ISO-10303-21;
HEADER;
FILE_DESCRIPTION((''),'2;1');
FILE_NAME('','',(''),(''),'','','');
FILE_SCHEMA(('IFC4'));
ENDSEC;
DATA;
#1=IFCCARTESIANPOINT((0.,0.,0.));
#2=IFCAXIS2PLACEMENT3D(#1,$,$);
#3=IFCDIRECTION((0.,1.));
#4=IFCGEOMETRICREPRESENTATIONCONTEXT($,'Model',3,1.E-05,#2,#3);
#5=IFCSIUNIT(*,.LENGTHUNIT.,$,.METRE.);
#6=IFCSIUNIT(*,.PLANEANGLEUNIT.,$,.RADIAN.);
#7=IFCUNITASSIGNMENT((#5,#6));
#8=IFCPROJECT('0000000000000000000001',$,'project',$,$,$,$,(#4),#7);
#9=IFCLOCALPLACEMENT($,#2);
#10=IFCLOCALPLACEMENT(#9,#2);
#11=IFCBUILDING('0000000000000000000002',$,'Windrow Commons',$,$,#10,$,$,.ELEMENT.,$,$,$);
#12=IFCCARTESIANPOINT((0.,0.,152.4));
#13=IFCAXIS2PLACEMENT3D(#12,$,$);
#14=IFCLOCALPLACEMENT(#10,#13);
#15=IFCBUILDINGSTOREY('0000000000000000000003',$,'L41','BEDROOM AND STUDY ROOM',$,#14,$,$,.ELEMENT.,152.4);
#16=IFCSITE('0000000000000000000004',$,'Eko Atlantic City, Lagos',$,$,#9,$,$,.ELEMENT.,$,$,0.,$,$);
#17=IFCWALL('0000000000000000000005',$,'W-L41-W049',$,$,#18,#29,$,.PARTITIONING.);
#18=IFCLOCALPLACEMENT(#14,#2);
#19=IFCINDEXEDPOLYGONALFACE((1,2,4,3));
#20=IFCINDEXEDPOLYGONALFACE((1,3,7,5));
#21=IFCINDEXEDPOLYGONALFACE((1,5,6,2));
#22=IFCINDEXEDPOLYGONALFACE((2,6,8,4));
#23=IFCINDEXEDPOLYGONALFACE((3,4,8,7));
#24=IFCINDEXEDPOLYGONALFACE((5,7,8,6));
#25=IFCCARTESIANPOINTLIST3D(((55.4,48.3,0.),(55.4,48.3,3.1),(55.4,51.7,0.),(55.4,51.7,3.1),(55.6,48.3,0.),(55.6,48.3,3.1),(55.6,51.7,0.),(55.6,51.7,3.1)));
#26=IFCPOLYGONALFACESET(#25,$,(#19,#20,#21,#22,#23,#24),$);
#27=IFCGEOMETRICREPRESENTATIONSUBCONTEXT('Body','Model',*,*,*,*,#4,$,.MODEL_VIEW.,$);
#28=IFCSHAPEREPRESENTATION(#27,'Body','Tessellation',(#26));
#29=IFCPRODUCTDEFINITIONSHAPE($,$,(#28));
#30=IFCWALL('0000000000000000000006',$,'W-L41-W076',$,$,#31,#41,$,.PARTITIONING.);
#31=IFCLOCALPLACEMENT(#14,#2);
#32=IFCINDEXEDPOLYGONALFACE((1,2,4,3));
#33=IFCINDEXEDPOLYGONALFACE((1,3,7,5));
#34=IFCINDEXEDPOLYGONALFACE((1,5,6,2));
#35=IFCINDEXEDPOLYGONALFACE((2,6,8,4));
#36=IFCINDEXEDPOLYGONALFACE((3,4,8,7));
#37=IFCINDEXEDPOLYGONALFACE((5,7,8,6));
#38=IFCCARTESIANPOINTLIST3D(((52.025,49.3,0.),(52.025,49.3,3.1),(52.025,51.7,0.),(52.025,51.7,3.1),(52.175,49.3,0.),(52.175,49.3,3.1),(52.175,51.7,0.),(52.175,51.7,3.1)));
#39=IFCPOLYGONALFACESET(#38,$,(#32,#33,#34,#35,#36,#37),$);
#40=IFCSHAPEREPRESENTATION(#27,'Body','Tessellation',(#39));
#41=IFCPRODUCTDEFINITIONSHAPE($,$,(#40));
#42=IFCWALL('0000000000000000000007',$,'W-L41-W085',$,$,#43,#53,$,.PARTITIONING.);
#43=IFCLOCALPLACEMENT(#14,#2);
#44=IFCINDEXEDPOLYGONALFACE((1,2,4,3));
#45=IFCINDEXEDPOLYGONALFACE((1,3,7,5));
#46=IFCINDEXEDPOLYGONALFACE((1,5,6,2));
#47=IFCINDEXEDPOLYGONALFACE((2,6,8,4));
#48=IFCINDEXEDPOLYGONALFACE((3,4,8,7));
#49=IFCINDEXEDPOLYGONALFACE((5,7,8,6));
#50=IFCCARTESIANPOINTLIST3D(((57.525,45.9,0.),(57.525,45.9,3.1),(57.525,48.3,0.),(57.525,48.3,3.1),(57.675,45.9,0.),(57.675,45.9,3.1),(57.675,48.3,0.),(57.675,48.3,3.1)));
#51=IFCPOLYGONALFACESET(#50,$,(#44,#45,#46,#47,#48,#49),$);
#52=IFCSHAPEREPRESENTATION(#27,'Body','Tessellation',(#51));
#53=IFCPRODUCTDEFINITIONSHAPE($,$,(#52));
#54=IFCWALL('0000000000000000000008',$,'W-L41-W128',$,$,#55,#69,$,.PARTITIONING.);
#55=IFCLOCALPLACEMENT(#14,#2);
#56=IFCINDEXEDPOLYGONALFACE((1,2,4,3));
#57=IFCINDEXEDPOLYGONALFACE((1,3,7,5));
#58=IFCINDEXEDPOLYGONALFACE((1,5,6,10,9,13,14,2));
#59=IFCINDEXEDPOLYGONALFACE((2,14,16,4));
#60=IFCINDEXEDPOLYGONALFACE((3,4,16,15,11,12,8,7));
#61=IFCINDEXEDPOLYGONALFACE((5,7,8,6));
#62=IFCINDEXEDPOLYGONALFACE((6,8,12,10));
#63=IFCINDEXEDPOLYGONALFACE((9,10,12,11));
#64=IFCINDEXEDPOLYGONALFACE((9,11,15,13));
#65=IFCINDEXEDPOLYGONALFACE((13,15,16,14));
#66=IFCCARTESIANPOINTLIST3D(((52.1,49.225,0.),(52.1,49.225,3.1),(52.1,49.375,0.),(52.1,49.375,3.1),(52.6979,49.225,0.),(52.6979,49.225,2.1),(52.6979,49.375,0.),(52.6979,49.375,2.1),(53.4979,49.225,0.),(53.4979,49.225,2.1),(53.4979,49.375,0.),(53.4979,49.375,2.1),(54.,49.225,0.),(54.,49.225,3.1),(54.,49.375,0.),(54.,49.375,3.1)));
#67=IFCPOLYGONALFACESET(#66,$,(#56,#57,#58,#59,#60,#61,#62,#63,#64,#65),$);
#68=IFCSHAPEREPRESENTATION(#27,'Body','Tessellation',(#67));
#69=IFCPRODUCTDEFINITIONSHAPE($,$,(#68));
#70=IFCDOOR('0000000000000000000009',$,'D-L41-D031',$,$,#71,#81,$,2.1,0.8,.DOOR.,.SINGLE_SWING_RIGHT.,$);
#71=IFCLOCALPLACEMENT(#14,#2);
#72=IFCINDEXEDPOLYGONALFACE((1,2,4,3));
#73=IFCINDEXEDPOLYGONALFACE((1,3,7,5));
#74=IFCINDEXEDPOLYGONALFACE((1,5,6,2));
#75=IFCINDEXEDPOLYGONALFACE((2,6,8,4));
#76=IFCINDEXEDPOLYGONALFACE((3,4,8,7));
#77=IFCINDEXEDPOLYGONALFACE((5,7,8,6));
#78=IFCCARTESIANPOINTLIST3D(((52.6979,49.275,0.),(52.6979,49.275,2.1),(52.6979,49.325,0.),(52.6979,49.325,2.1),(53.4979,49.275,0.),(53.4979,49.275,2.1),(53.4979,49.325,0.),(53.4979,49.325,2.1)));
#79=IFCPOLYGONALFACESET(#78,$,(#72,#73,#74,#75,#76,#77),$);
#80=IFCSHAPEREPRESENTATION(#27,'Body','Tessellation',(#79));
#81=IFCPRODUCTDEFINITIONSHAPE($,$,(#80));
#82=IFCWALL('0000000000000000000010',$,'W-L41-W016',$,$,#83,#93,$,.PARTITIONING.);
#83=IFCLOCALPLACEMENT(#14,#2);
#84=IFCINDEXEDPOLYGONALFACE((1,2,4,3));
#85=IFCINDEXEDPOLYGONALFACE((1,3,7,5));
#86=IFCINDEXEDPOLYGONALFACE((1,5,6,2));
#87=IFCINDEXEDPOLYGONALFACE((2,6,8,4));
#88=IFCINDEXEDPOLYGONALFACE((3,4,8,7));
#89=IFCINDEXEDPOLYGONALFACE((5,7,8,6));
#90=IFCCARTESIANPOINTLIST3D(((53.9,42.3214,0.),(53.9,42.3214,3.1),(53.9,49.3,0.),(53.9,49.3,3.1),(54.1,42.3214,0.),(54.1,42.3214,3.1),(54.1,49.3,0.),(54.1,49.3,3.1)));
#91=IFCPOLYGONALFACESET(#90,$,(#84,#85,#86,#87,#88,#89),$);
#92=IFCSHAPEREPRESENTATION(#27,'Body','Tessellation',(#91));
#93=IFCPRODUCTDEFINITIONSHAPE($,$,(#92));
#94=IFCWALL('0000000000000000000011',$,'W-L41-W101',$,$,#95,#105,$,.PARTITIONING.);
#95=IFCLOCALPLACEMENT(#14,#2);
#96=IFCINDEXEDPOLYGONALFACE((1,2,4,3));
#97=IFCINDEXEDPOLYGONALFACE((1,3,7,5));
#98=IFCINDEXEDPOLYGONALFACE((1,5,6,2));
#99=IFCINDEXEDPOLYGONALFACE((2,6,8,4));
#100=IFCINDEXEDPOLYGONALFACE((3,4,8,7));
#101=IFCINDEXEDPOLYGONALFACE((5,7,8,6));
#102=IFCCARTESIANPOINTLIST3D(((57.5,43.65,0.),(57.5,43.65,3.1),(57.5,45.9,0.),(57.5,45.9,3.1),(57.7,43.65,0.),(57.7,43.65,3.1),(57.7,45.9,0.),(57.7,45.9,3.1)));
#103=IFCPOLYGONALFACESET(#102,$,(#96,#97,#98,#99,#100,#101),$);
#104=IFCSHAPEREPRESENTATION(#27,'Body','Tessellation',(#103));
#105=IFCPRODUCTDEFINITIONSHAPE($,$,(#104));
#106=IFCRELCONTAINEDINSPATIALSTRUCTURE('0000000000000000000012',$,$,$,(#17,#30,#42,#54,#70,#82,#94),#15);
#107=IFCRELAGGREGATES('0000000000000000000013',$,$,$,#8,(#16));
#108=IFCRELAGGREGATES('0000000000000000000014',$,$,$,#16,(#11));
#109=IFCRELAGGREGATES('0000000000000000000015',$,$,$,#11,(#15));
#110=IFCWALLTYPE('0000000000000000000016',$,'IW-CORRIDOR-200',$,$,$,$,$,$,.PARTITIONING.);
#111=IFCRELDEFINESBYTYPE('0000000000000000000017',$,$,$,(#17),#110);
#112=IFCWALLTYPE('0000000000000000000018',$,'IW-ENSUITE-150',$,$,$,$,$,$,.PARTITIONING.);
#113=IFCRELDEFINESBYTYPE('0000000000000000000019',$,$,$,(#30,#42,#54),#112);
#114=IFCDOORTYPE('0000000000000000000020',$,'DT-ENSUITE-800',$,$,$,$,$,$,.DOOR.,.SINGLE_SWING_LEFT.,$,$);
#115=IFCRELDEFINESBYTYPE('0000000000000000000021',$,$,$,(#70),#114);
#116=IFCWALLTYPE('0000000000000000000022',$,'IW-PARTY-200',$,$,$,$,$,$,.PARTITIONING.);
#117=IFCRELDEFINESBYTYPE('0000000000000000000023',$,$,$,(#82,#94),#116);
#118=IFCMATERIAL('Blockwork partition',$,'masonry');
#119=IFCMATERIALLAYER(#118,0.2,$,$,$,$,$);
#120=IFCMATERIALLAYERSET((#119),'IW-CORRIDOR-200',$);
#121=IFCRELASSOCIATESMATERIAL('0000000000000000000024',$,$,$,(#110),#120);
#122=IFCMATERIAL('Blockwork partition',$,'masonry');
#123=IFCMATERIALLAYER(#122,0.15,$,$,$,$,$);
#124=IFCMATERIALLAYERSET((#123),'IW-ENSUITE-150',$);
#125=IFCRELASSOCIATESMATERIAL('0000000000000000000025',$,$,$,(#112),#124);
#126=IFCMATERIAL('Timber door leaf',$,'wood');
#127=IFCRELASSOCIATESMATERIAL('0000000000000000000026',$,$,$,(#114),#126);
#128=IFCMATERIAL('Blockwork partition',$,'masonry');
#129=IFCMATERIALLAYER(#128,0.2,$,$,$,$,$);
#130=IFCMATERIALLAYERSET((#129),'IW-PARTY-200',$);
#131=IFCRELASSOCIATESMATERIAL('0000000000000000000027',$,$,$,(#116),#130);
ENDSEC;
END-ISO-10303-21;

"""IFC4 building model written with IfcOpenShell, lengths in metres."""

from ifc_helpers import new_model, si_unit, direction, frame, frame_2d, origin, place, context, subcontext, project, spatial, rectangle, extrude, material, layer, layer_set, type_object, element, fill, save


model = new_model("IFC4")

# Units and contexts
model_context = context("Model", 3, precision=1e-05, world=origin(), true_north=direction((0.0, 1.0)))
body_context = subcontext(model_context, "Body", "Model", "MODEL_VIEW")
ifc_project = project(units=[si_unit("LENGTHUNIT", "METRE"), si_unit("PLANEANGLEUNIT", "RADIAN")], contexts=[model_context])

# Site, building, storey
site_placement = place(None, origin())
site = spatial("IfcSite", under=ifc_project, at=site_placement, Name="Eko Atlantic City, Lagos", CompositionType="ELEMENT", RefElevation=0.0)
building_placement = place(site_placement, origin())
building = spatial("IfcBuilding", under=site, at=building_placement, Name="Windrow Commons", CompositionType="ELEMENT")
storey_placement = place(building_placement, frame((0.0, 0.0, 152.4)))
storey = spatial("IfcBuildingStorey", under=building, at=storey_placement, Name="L41", Description="BEDROOM AND STUDY ROOM", CompositionType="ELEMENT", Elevation=152.4)

# Shared definitions
ifc_material_1 = material(Name="Blockwork partition", Category="masonry")
ifc_layer_1 = layer(ifc_material_1, 0.2)
ifc_layer_set_1 = layer_set([ifc_layer_1], Name="IW-CORRIDOR-200")
wall_type_1 = type_object("IfcWallType", Name="IW-CORRIDOR-200", PredefinedType="PARTITIONING", material=ifc_layer_set_1)

# Walls
wall_1_placement = place(storey_placement, frame((55.5, 48.3, 0.0), z_axis=(0.0, 0.0, 1.0), x_axis=(0.0, 1.0, 0.0)))
element("IfcWall", 1, at=wall_1_placement, inside=storey, type_object=wall_type_1, Name="W-L41-W049", PredefinedType="PARTITIONING", context=body_context, shape_type="SweptSolid", body=[
    extrude(rectangle(XDim=3.4, YDim=0.2, at=frame_2d((1.7, 0.0))), origin(), (0.0, 0.0, 1.0), 3.1),
])
ifc_material_2 = material(Name="Blockwork partition", Category="masonry")
ifc_layer_2 = layer(ifc_material_2, 0.15)
ifc_layer_set_2 = layer_set([ifc_layer_2], Name="IW-ENSUITE-150")
wall_type_2 = type_object("IfcWallType", Name="IW-ENSUITE-150", PredefinedType="PARTITIONING", material=ifc_layer_set_2)
for number, where, z_axis, x_axis, name in (
    (2, (52.1, 49.3, 0.0), (0.0, 0.0, 1.0), (0.0, 1.0, 0.0), "W-L41-W076"),
    (3, (57.6, 45.9, 0.0), (0.0, 0.0, 1.0), (0.0, 1.0, 0.0), "W-L41-W085"),
):
    element("IfcWall", number, at=place(storey_placement, frame(where, z_axis=z_axis, x_axis=x_axis)), inside=storey, type_object=wall_type_2, Name=name, PredefinedType="PARTITIONING", context=body_context, shape_type="SweptSolid", body=[
        extrude(rectangle(XDim=2.4, YDim=0.15, at=frame_2d((1.2, 0.0))), origin(), (0.0, 0.0, 1.0), 3.1),
    ])

# Wall, opening, door
wall_2_placement = place(storey_placement, frame((52.1, 49.3, 0.0), z_axis=(0.0, 0.0, 1.0), x_axis=(1.0, 0.0, 0.0)))
wall_2 = element("IfcWall", 4, at=wall_2_placement, inside=storey, type_object=wall_type_2, Name="W-L41-W128", PredefinedType="PARTITIONING", context=body_context, shape_type="SweptSolid", body=[
    extrude(rectangle(XDim=1.9, YDim=0.15, at=frame_2d((0.95, 0.0))), origin(), (0.0, 0.0, 1.0), 3.1),
])
opening_1_placement = place(wall_2_placement, frame((0.5979, 0.0, 0.0)))
opening_1 = element("IfcOpeningElement", 5, at=opening_1_placement, cuts=wall_2, PredefinedType="OPENING", context=body_context, shape_type="SweptSolid", body=[
    extrude(rectangle(XDim=0.8, YDim=2.1, at=frame_2d((0.4, 1.05))), frame((0.0, 0.085, 0.0), z_axis=(0.0, -1.0, 0.0), x_axis=(1.0, 0.0, 0.0)), (0.0, 0.0, 1.0), 0.17),
])
ifc_material_3 = material(Name="Timber door leaf", Category="wood")
door_type_1 = type_object("IfcDoorType", Name="DT-ENSUITE-800", OperationType="SINGLE_SWING_LEFT", PredefinedType="DOOR", material=ifc_material_3)
door_1_placement = place(opening_1_placement, origin())
door_1 = element("IfcDoor", 6, at=door_1_placement, inside=storey, type_object=door_type_1, Name="D-L41-D031", OperationType="SINGLE_SWING_RIGHT", OverallHeight=2.1, OverallWidth=0.8, PredefinedType="DOOR", context=body_context, shape_type="SweptSolid", body=[
    extrude(rectangle(XDim=0.8, YDim=2.1, at=frame_2d((0.4, 1.05))), frame((0.0, 0.025, 0.0), z_axis=(0.0, -1.0, 0.0), x_axis=(1.0, 0.0, 0.0)), (0.0, 0.0, 1.0), 0.05),
])
fill(opening_1, door_1)

# Walls
ifc_material_4 = material(Name="Blockwork partition", Category="masonry")
ifc_layer_3 = layer(ifc_material_4, 0.2)
ifc_layer_set_3 = layer_set([ifc_layer_3], Name="IW-PARTY-200")
wall_type_3 = type_object("IfcWallType", Name="IW-PARTY-200", PredefinedType="PARTITIONING", material=ifc_layer_set_3)
wall_3_placement = place(storey_placement, frame((54.0, 42.3214, 0.0), z_axis=(0.0, 0.0, 1.0), x_axis=(0.0, 1.0, 0.0)))
element("IfcWall", 7, at=wall_3_placement, inside=storey, type_object=wall_type_3, Name="W-L41-W016", PredefinedType="PARTITIONING", context=body_context, shape_type="SweptSolid", body=[
    extrude(rectangle(XDim=6.9786, YDim=0.2, at=frame_2d((3.4893, 0.0))), origin(), (0.0, 0.0, 1.0), 3.1),
])
wall_4_placement = place(storey_placement, frame((57.6, 43.65, 0.0), z_axis=(0.0, 0.0, 1.0), x_axis=(0.0, 1.0, 0.0)))
element("IfcWall", 8, at=wall_4_placement, inside=storey, type_object=wall_type_3, Name="W-L41-W101", PredefinedType="PARTITIONING", context=body_context, shape_type="SweptSolid", body=[
    extrude(rectangle(XDim=2.25, YDim=0.2, at=frame_2d((1.125, 0.0))), origin(), (0.0, 0.0, 1.0), 3.1),
])

save(model, "model.ifc")
